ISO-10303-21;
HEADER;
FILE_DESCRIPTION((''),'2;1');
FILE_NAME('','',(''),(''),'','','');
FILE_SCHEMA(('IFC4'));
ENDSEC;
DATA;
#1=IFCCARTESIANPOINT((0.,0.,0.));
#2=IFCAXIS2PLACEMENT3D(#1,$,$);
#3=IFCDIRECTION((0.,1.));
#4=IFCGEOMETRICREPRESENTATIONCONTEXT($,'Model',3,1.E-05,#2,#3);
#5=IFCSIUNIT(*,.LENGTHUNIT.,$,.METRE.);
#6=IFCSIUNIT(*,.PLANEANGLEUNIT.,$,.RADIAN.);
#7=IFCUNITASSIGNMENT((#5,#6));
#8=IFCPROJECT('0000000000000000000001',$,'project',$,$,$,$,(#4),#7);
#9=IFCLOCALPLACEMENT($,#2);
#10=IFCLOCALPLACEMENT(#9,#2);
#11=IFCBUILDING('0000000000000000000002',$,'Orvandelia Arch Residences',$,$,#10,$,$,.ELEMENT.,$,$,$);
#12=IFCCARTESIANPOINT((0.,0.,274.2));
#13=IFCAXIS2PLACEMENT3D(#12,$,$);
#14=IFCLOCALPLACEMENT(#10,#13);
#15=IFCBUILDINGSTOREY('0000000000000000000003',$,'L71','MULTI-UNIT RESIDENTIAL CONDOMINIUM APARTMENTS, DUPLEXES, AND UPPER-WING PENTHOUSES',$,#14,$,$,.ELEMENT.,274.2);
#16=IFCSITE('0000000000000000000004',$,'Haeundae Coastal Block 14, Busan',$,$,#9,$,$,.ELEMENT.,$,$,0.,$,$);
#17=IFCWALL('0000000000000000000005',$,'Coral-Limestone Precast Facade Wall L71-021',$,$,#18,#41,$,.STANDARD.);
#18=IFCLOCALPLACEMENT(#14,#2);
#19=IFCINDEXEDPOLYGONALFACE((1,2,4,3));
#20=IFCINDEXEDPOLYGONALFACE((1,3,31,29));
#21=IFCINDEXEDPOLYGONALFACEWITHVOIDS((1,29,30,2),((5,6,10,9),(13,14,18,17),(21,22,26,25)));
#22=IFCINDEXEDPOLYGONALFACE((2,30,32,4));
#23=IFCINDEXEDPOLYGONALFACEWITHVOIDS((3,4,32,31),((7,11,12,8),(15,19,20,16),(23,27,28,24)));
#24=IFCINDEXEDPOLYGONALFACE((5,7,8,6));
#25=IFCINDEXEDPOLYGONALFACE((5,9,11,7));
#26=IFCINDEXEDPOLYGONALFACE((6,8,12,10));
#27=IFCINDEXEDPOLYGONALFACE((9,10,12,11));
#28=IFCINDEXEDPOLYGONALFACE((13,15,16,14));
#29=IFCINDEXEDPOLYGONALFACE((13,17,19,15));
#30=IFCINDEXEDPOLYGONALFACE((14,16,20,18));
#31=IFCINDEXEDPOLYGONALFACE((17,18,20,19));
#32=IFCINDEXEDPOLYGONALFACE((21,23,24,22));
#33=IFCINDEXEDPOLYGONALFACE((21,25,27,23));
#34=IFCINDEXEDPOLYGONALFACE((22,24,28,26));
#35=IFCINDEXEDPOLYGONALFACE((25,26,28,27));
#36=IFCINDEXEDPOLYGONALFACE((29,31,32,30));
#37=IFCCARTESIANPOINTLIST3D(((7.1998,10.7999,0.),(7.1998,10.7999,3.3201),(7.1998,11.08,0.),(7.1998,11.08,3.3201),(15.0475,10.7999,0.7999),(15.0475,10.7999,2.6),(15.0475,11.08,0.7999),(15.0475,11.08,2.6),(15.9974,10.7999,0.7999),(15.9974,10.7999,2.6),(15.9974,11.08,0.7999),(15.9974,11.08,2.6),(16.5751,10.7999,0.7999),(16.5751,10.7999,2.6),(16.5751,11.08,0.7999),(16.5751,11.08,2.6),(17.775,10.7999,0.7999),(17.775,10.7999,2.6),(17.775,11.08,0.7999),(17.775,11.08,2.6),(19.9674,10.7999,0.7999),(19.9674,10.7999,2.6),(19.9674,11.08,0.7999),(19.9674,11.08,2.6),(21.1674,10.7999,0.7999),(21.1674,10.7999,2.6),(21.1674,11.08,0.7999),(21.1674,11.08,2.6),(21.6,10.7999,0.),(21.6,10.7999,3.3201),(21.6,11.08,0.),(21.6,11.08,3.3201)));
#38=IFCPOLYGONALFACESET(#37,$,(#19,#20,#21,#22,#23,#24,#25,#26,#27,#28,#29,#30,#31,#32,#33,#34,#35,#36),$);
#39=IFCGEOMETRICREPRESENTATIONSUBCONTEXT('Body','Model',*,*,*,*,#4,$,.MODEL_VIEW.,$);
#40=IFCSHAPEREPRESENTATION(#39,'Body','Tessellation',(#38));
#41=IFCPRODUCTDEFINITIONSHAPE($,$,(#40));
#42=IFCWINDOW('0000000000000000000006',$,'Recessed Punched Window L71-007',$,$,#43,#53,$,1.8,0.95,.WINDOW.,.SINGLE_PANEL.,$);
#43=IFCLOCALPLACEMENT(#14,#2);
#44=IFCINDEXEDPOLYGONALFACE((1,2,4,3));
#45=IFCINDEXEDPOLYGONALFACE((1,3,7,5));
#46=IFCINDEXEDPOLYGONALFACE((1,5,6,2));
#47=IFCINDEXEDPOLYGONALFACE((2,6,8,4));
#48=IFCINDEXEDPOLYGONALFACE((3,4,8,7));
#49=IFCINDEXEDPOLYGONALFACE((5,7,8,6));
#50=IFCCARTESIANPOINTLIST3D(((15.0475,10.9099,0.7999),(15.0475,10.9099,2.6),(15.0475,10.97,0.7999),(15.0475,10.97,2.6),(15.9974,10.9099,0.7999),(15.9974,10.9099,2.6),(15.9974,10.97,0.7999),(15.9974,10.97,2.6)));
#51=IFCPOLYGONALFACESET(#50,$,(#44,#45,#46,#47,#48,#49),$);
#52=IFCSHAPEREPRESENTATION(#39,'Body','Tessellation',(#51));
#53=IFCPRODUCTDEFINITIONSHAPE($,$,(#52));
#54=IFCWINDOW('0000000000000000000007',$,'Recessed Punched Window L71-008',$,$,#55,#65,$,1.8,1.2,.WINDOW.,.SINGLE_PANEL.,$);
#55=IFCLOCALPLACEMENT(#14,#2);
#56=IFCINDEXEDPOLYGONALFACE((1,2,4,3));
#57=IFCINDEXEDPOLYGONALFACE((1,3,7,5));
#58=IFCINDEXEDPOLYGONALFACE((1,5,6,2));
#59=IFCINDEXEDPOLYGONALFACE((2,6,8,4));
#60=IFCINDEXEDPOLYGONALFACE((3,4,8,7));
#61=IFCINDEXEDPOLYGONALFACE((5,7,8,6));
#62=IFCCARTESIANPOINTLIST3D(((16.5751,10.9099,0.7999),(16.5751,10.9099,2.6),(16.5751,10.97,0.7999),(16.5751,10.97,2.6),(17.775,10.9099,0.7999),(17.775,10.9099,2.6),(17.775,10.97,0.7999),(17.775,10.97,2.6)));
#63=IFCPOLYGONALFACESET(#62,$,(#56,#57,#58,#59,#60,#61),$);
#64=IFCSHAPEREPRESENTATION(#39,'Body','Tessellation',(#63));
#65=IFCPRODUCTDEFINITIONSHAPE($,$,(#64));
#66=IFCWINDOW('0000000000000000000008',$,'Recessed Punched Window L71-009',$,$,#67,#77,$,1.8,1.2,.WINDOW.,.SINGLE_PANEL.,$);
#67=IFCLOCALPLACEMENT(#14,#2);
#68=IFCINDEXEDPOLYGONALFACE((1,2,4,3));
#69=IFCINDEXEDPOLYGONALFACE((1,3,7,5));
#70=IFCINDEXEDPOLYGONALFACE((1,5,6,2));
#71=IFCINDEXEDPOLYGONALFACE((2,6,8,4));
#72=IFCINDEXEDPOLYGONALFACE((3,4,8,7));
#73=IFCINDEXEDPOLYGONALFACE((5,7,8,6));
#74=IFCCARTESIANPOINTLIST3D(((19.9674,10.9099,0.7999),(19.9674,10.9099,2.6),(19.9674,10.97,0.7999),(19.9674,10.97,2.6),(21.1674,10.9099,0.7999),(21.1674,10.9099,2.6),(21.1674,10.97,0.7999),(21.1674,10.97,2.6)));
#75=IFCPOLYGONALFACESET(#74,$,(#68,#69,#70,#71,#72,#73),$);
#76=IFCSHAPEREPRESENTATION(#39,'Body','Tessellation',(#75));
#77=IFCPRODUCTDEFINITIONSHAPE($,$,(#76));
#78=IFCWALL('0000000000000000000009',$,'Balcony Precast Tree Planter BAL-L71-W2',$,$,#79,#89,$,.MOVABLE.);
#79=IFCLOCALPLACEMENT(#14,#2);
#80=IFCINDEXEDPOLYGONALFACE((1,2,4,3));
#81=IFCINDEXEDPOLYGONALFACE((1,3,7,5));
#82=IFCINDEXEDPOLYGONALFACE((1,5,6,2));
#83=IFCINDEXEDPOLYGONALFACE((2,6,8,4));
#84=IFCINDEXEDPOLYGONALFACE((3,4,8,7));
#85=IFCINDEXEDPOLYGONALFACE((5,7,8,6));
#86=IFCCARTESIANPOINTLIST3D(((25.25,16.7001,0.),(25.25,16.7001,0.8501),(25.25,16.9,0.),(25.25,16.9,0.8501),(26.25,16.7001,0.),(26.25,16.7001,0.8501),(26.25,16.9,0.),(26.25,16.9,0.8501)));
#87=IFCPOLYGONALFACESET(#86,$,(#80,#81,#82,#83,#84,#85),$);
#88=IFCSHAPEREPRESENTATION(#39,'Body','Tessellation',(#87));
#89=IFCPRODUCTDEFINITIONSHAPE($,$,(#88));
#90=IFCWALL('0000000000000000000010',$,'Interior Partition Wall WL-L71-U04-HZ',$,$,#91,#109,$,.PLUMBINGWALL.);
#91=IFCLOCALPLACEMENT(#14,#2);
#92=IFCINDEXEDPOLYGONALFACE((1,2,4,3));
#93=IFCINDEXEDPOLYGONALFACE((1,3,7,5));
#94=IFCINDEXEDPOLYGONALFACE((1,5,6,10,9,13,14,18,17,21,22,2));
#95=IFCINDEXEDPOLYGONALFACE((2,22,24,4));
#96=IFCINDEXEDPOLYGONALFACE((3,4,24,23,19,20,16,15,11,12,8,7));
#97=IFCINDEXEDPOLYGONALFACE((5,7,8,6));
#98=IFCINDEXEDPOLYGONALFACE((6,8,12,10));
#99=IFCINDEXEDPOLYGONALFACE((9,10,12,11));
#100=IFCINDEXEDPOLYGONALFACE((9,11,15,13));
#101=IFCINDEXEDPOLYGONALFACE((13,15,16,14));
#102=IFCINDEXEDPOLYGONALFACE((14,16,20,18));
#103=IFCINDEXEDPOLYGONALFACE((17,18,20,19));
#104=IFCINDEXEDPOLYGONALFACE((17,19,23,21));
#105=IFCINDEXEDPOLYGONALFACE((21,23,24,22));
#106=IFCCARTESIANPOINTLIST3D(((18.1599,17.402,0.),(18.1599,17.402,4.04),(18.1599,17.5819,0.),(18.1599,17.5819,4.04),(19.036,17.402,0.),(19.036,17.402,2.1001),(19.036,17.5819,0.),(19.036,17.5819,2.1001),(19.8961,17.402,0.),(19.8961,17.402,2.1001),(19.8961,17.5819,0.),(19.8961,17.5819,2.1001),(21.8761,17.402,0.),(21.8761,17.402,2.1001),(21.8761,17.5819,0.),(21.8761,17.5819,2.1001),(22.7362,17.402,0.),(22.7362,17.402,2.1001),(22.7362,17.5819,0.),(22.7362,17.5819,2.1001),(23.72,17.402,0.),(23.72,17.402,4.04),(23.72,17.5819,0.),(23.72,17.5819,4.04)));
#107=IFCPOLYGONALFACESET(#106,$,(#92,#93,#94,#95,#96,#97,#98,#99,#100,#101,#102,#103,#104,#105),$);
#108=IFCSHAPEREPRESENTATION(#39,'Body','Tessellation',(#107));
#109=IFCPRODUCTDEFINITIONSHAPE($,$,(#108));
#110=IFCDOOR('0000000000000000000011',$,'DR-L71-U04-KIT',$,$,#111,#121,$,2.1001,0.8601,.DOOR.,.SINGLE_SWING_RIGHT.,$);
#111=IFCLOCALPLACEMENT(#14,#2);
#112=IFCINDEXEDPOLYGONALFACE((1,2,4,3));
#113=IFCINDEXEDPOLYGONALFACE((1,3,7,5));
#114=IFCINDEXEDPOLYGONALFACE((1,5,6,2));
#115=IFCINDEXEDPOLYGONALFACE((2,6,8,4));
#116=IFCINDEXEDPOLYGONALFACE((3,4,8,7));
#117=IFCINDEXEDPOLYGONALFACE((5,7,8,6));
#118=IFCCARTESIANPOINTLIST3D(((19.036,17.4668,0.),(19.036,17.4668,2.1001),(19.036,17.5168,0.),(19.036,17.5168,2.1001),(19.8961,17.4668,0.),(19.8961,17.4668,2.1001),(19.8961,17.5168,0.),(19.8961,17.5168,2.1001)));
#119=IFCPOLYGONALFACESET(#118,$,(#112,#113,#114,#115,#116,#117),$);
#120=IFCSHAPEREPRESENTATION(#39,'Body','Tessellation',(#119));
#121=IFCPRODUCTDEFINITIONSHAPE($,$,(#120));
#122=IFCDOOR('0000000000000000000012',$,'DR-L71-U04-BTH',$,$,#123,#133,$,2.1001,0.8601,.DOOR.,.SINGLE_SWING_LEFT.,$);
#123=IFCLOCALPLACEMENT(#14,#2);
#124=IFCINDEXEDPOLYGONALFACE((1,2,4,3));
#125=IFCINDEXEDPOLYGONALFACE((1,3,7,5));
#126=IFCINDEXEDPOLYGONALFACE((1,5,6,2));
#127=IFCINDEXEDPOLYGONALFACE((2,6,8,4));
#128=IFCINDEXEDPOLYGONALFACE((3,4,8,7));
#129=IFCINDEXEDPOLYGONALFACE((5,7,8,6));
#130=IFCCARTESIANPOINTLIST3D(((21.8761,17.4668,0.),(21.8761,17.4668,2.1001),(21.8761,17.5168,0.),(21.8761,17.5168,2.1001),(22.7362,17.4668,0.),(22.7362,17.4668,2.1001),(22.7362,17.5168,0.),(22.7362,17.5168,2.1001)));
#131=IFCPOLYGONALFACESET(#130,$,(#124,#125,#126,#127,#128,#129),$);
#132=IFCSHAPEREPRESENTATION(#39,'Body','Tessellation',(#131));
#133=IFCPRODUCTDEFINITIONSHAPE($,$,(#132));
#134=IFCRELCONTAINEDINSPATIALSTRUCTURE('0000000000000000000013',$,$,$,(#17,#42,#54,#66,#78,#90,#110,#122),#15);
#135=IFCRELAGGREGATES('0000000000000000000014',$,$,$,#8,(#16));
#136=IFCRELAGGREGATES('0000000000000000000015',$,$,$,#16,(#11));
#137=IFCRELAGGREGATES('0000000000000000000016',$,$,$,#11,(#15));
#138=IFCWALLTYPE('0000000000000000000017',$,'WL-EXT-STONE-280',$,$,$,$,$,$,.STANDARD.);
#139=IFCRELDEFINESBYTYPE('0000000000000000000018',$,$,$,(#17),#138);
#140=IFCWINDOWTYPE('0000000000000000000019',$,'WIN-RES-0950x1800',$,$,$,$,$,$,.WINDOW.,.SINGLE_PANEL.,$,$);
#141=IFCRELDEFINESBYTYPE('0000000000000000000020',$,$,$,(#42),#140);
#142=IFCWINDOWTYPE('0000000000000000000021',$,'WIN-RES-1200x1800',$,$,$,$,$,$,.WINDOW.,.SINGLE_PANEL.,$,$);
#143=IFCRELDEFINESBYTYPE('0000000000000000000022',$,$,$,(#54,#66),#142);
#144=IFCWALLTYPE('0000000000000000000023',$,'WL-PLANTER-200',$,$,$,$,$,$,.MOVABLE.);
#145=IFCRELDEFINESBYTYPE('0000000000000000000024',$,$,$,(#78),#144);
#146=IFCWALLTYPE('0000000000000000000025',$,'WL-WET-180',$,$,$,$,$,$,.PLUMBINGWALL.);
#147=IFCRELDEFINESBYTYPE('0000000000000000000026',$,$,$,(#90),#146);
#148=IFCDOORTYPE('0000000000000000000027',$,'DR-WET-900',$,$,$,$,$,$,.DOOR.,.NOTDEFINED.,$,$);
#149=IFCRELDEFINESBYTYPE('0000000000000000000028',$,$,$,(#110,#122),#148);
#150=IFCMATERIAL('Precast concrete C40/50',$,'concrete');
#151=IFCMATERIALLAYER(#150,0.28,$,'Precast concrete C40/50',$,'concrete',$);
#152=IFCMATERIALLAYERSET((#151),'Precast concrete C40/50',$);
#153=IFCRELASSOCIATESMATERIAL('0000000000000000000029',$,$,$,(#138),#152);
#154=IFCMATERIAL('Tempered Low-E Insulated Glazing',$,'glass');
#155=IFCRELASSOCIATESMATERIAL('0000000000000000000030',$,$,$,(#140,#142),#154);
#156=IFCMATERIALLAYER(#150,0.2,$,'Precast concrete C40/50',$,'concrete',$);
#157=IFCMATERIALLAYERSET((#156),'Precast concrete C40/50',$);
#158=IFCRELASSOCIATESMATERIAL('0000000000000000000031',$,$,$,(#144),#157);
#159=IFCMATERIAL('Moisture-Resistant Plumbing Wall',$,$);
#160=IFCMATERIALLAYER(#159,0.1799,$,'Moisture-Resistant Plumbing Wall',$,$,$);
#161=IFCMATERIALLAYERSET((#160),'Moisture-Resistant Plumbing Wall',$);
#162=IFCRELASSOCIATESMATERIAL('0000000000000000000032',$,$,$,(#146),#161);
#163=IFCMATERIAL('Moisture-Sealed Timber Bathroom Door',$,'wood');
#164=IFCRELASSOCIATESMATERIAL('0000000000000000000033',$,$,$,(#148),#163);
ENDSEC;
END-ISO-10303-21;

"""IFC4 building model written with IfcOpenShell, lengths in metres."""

from ifc_helpers import new_model, si_unit, direction, frame, frame_2d, origin, place, context, subcontext, project, spatial, rectangle, extrude, material, layer, layer_set, type_object, element, fill, save


model = new_model("IFC4")

# Units and contexts
model_context = context("Model", 3, precision=1e-05, world=origin(), true_north=direction((0.0, 1.0)))
body_context = subcontext(model_context, "Body", "Model", "MODEL_VIEW")
ifc_project = project(units=[si_unit("LENGTHUNIT", "METRE"), si_unit("PLANEANGLEUNIT", "RADIAN")], contexts=[model_context])

# Site, building, storey
site_placement = place(None, origin())
site = spatial("IfcSite", under=ifc_project, at=site_placement, Name="Haeundae Coastal Block 14, Busan", CompositionType="ELEMENT", RefElevation=0.0)
building_placement = place(site_placement, origin())
building = spatial("IfcBuilding", under=site, at=building_placement, Name="Orvandelia Arch Residences", CompositionType="ELEMENT")
storey_placement = place(building_placement, frame((0.0, 0.0, 274.2)))
storey = spatial("IfcBuildingStorey", under=building, at=storey_placement, Name="L71", Description="MULTI-UNIT RESIDENTIAL CONDOMINIUM APARTMENTS, DUPLEXES, AND UPPER-WING PENTHOUSES", CompositionType="ELEMENT", Elevation=274.2)

# Shared definitions
ifc_material_1 = material(Name="Precast concrete C40/50", Category="concrete")
ifc_layer_1 = layer(ifc_material_1, 0.28, Name="Precast concrete C40/50", Category="concrete")
ifc_layer_set_1 = layer_set([ifc_layer_1], Name="Precast concrete C40/50")
wall_type_1 = type_object("IfcWallType", Name="WL-EXT-STONE-280", PredefinedType="STANDARD", material=ifc_layer_set_1)

# Wall, openings, windows
wall_1_placement = place(storey_placement, frame((21.6001, 10.9399, 0.0), z_axis=(0.0, 0.0, 1.0), x_axis=(-1.0, 0.0, 0.0)))
wall_1 = element("IfcWall", 1, at=wall_1_placement, inside=storey, type_object=wall_type_1, Name="Coral-Limestone Precast Facade Wall L71-021", PredefinedType="STANDARD", context=body_context, shape_type="SweptSolid", body=[
    extrude(rectangle(XDim=14.4001, YDim=0.28, at=frame_2d((7.2002, 0.0))), origin(), (0.0, 0.0, 1.0), 3.3201),
])
opening_1_placement = place(wall_1_placement, frame((5.6025, 0.0, 0.8)))
opening_1 = element("IfcOpeningElement", 2, at=opening_1_placement, cuts=wall_1, PredefinedType="OPENING", context=body_context, shape_type="SweptSolid", body=[
    extrude(rectangle(XDim=0.95, YDim=1.8, at=frame_2d((0.4751, 0.8999))), frame((0.0, 0.1499, 0.0), z_axis=(0.0, -1.0, 0.0), x_axis=(1.0, 0.0, 0.0)), (0.0, 0.0, 1.0), 0.3),
])
opening_2_placement = place(wall_1_placement, frame((3.825, 0.0, 0.8)))
opening_2 = element("IfcOpeningElement", 3, at=opening_2_placement, cuts=wall_1, PredefinedType="OPENING", context=body_context, shape_type="SweptSolid", body=[
    extrude(rectangle(XDim=1.2, YDim=1.8, at=frame_2d((0.6001, 0.8999))), frame((0.0, 0.1499, 0.0), z_axis=(0.0, -1.0, 0.0), x_axis=(1.0, 0.0, 0.0)), (0.0, 0.0, 1.0), 0.3),
])
opening_3_placement = place(wall_1_placement, frame((0.4326, 0.0, 0.8)))
opening_3 = element("IfcOpeningElement", 4, at=opening_3_placement, cuts=wall_1, PredefinedType="OPENING", context=body_context, shape_type="SweptSolid", body=[
    extrude(rectangle(XDim=1.2, YDim=1.8, at=frame_2d((0.6001, 0.8999))), frame((0.0, 0.1499, 0.0), z_axis=(0.0, -1.0, 0.0), x_axis=(1.0, 0.0, 0.0)), (0.0, 0.0, 1.0), 0.3),
])
ifc_material_2 = material(Name="Tempered Low-E Insulated Glazing", Category="glass")
window_type_1 = type_object("IfcWindowType", Name="WIN-RES-0950x1800", PartitioningType="SINGLE_PANEL", PredefinedType="WINDOW", material=ifc_material_2)
window_1_placement = place(opening_1_placement, origin())
window_1 = element("IfcWindow", 5, at=window_1_placement, inside=storey, type_object=window_type_1, Name="Recessed Punched Window L71-007", OverallHeight=1.8, OverallWidth=0.95, PartitioningType="SINGLE_PANEL", PredefinedType="WINDOW", context=body_context, shape_type="SweptSolid", body=[
    extrude(rectangle(XDim=0.95, YDim=1.8, at=frame_2d((0.4751, 0.8999))), frame((0.0, 0.03, 0.0), z_axis=(0.0, -1.0, 0.0), x_axis=(1.0, 0.0, 0.0)), (0.0, 0.0, 1.0), 0.0601),
])
fill(opening_1, window_1)
window_type_2 = type_object("IfcWindowType", Name="WIN-RES-1200x1800", PartitioningType="SINGLE_PANEL", PredefinedType="WINDOW", material=ifc_material_2)
window_2_placement = place(opening_2_placement, origin())
window_2 = element("IfcWindow", 6, at=window_2_placement, inside=storey, type_object=window_type_2, Name="Recessed Punched Window L71-008", OverallHeight=1.8, OverallWidth=1.2, PartitioningType="SINGLE_PANEL", PredefinedType="WINDOW", context=body_context, shape_type="SweptSolid", body=[
    extrude(rectangle(XDim=1.2, YDim=1.8, at=frame_2d((0.6001, 0.8999))), frame((0.0, 0.03, 0.0), z_axis=(0.0, -1.0, 0.0), x_axis=(1.0, 0.0, 0.0)), (0.0, 0.0, 1.0), 0.0601),
])
fill(opening_2, window_2)
window_3_placement = place(opening_3_placement, origin())
window_3 = element("IfcWindow", 7, at=window_3_placement, inside=storey, type_object=window_type_2, Name="Recessed Punched Window L71-009", OverallHeight=1.8, OverallWidth=1.2, PartitioningType="SINGLE_PANEL", PredefinedType="WINDOW", context=body_context, shape_type="SweptSolid", body=[
    extrude(rectangle(XDim=1.2, YDim=1.8, at=frame_2d((0.6001, 0.8999))), frame((0.0, 0.03, 0.0), z_axis=(0.0, -1.0, 0.0), x_axis=(1.0, 0.0, 0.0)), (0.0, 0.0, 1.0), 0.0601),
])
fill(opening_3, window_3)

# Wall
ifc_layer_2 = layer(ifc_material_1, 0.2, Name="Precast concrete C40/50", Category="concrete")
ifc_layer_set_2 = layer_set([ifc_layer_2], Name="Precast concrete C40/50")
wall_type_2 = type_object("IfcWallType", Name="WL-PLANTER-200", PredefinedType="MOVABLE", material=ifc_layer_set_2)
wall_2_placement = place(storey_placement, frame((25.25, 16.8, 0.0), z_axis=(0.0, 0.0, 1.0), x_axis=(1.0, 0.0, 0.0)))
element("IfcWall", 8, at=wall_2_placement, inside=storey, type_object=wall_type_2, Name="Balcony Precast Tree Planter BAL-L71-W2", PredefinedType="MOVABLE", context=body_context, shape_type="SweptSolid", body=[
    extrude(rectangle(XDim=1.0, YDim=0.2, at=frame_2d((0.5, 0.0))), origin(), (0.0, 0.0, 1.0), 0.8501),
])

# Wall, openings, doors
ifc_material_3 = material(Name="Moisture-Resistant Plumbing Wall")
ifc_layer_3 = layer(ifc_material_3, 0.1799, Name="Moisture-Resistant Plumbing Wall")
ifc_layer_set_3 = layer_set([ifc_layer_3], Name="Moisture-Resistant Plumbing Wall")
wall_type_3 = type_object("IfcWallType", Name="WL-WET-180", PredefinedType="PLUMBINGWALL", material=ifc_layer_set_3)
wall_3_placement = place(storey_placement, frame((18.1599, 17.4919, 0.0), z_axis=(0.0, 0.0, 1.0), x_axis=(1.0, 0.0, 0.0)))
wall_3 = element("IfcWall", 9, at=wall_3_placement, inside=storey, type_object=wall_type_3, Name="Interior Partition Wall WL-L71-U04-HZ", PredefinedType="PLUMBINGWALL", context=body_context, shape_type="SweptSolid", body=[
    extrude(rectangle(XDim=5.5601, YDim=0.1799, at=frame_2d((2.78, 0.0))), origin(), (0.0, 0.0, 1.0), 4.04),
])
opening_4_placement = place(wall_3_placement, frame((0.876, 0.0, 0.0)))
opening_4 = element("IfcOpeningElement", 10, at=opening_4_placement, cuts=wall_3, PredefinedType="OPENING", context=body_context, shape_type="SweptSolid", body=[
    extrude(rectangle(XDim=0.8601, YDim=2.1001, at=frame_2d((0.4302, 1.05))), frame((0.0, 0.1001, 0.0), z_axis=(0.0, -1.0, 0.0), x_axis=(1.0, 0.0, 0.0)), (0.0, 0.0, 1.0), 0.2),
])
opening_5_placement = place(wall_3_placement, frame((3.7161, 0.0, 0.0)))
opening_5 = element("IfcOpeningElement", 11, at=opening_5_placement, cuts=wall_3, PredefinedType="OPENING", context=body_context, shape_type="SweptSolid", body=[
    extrude(rectangle(XDim=0.8601, YDim=2.1001, at=frame_2d((0.4302, 1.05))), frame((0.0, 0.1001, 0.0), z_axis=(0.0, -1.0, 0.0), x_axis=(1.0, 0.0, 0.0)), (0.0, 0.0, 1.0), 0.2),
])
ifc_material_4 = material(Name="Moisture-Sealed Timber Bathroom Door", Category="wood")
door_type_1 = type_object("IfcDoorType", Name="DR-WET-900", OperationType="NOTDEFINED", PredefinedType="DOOR", material=ifc_material_4)
door_1_placement = place(opening_4_placement, origin())
door_1 = element("IfcDoor", 12, at=door_1_placement, inside=storey, type_object=door_type_1, Name="DR-L71-U04-KIT", OperationType="SINGLE_SWING_RIGHT", OverallHeight=2.1001, OverallWidth=0.8601, PredefinedType="DOOR", context=body_context, shape_type="SweptSolid", body=[
    extrude(rectangle(XDim=0.8601, YDim=2.1001, at=frame_2d((0.4302, 1.05))), frame((0.0, 0.0249, 0.0), z_axis=(0.0, -1.0, 0.0), x_axis=(1.0, 0.0, 0.0)), (0.0, 0.0, 1.0), 0.05),
])
fill(opening_4, door_1)
door_2_placement = place(opening_5_placement, origin())
door_2 = element("IfcDoor", 13, at=door_2_placement, inside=storey, type_object=door_type_1, Name="DR-L71-U04-BTH", OperationType="SINGLE_SWING_LEFT", OverallHeight=2.1001, OverallWidth=0.8601, PredefinedType="DOOR", context=body_context, shape_type="SweptSolid", body=[
    extrude(rectangle(XDim=0.8601, YDim=2.1001, at=frame_2d((0.4302, 1.05))), frame((0.0, 0.0249, 0.0), z_axis=(0.0, -1.0, 0.0), x_axis=(1.0, 0.0, 0.0)), (0.0, 0.0, 1.0), 0.05),
])
fill(opening_5, door_2)

save(model, "model.ifc")
